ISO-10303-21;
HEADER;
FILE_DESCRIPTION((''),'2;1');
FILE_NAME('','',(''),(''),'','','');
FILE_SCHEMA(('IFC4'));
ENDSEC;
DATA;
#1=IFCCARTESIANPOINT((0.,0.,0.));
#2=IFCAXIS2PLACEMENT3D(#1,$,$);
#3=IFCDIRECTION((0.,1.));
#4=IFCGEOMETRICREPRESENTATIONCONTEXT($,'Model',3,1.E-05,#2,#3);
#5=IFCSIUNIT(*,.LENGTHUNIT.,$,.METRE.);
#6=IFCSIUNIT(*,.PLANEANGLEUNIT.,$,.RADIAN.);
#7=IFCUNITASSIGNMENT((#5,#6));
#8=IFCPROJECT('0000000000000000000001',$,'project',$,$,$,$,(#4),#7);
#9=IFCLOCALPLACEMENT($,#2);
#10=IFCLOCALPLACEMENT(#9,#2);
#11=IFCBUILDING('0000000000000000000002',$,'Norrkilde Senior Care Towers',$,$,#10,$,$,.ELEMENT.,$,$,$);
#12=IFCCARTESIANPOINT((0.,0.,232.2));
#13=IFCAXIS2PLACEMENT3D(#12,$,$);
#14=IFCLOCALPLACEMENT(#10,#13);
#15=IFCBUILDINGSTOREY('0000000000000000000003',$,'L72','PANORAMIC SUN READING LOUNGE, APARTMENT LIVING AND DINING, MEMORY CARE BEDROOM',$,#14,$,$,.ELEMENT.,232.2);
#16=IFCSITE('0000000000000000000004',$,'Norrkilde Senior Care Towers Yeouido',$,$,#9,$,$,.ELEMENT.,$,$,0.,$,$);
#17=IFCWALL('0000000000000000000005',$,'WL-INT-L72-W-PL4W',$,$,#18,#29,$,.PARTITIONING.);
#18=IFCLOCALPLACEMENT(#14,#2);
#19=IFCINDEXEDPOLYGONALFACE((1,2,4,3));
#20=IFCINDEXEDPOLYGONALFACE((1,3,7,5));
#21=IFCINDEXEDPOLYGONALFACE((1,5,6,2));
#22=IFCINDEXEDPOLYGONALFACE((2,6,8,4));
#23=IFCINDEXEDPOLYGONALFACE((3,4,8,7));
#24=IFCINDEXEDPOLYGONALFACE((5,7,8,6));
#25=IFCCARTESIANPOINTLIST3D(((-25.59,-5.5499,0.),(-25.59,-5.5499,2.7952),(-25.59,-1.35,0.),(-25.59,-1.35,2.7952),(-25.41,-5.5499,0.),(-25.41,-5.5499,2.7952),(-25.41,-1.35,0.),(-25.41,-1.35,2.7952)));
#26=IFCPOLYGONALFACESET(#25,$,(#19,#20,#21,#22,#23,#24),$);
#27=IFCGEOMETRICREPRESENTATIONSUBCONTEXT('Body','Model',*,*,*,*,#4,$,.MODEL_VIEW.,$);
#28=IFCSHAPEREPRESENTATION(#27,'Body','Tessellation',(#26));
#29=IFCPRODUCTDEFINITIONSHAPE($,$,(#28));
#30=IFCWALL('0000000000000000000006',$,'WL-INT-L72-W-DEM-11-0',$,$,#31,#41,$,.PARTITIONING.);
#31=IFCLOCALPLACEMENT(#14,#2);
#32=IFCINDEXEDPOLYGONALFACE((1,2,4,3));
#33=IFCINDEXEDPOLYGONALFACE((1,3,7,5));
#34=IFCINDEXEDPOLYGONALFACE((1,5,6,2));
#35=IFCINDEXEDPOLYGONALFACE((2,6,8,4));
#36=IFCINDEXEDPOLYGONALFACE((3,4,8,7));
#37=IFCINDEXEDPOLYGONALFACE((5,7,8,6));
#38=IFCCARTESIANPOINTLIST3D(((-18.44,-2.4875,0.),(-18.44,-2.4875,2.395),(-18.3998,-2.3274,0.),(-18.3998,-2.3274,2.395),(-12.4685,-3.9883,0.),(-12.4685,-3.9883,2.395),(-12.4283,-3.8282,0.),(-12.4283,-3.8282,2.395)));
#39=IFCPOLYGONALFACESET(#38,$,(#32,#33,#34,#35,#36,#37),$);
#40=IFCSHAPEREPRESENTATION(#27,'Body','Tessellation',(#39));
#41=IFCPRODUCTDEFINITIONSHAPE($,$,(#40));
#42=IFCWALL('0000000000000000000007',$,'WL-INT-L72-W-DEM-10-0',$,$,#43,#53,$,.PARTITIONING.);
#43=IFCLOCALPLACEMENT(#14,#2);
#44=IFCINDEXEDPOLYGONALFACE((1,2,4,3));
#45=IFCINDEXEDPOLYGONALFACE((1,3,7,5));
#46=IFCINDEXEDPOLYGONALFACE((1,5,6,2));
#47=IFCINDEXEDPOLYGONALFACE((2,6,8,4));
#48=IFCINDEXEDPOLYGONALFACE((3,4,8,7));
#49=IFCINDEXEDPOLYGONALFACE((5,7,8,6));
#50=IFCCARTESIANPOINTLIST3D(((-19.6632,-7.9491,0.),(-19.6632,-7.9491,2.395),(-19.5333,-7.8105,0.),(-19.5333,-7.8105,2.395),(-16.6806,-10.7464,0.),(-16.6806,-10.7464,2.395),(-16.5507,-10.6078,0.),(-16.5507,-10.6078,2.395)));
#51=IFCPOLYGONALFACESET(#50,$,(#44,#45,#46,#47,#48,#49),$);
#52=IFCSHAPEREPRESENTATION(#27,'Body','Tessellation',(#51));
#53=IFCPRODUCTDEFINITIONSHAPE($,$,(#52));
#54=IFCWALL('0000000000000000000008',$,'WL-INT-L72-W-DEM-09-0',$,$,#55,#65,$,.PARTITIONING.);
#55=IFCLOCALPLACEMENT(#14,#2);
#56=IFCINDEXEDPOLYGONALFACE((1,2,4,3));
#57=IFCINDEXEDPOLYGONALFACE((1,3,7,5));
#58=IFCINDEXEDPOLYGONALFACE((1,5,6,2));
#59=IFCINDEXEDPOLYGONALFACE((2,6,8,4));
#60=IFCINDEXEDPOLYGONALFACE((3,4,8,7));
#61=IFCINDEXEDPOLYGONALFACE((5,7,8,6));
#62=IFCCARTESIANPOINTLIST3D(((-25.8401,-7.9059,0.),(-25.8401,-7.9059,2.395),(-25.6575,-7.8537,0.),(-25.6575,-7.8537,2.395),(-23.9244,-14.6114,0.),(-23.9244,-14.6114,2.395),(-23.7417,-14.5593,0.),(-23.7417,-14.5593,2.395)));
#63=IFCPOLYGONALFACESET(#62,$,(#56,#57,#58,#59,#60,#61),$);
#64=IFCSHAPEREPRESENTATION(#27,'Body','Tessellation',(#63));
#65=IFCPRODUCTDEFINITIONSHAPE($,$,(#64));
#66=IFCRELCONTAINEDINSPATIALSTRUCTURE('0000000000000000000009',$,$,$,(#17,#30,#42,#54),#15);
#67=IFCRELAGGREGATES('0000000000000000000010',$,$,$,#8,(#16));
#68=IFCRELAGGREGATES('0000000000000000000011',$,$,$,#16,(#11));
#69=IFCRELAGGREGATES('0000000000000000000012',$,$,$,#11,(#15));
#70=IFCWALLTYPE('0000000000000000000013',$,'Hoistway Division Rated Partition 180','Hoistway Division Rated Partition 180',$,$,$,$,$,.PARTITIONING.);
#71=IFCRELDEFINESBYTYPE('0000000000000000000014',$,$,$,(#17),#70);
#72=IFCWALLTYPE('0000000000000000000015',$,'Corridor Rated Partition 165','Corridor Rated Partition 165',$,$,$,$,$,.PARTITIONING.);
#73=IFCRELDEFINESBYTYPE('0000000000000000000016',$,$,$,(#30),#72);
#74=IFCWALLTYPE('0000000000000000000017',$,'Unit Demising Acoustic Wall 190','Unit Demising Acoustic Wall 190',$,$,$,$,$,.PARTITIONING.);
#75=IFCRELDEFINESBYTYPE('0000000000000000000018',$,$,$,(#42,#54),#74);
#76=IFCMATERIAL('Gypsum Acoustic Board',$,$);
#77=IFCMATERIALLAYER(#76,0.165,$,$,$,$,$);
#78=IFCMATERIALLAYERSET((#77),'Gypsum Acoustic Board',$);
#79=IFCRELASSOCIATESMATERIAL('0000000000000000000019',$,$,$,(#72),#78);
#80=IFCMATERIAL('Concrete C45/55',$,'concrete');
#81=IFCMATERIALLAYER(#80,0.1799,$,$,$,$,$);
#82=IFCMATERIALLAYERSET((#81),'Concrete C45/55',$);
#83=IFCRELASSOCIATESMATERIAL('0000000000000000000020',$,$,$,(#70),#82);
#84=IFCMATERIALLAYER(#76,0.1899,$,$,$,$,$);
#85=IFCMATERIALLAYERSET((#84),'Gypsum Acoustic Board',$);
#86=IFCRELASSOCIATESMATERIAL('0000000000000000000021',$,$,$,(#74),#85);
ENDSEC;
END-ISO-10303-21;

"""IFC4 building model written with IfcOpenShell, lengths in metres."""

from ifc_helpers import new_model, si_unit, direction, frame, frame_2d, origin, place, context, subcontext, project, spatial, rectangle, extrude, source, transform, mapped, material, layer, layer_set, type_object, type_shapes, element, save


model = new_model("IFC4")

# Units and contexts
model_context = context("Model", 3, precision=1e-05, world=origin(), true_north=direction((0.0, 1.0)))
body_context = subcontext(model_context, "Body", "Model", "MODEL_VIEW")
ifc_project = project(units=[si_unit("LENGTHUNIT", "METRE"), si_unit("PLANEANGLEUNIT", "RADIAN")], contexts=[model_context])

# Site, building, storey
site_placement = place(None, origin())
site = spatial("IfcSite", under=ifc_project, at=site_placement, Name="Norrkilde Senior Care Towers Yeouido", CompositionType="ELEMENT", RefElevation=0.0)
building_placement = place(site_placement, origin())
building = spatial("IfcBuilding", under=site, at=building_placement, Name="Norrkilde Senior Care Towers", CompositionType="ELEMENT")
storey_placement = place(building_placement, frame((0.0, 0.0, 232.2)))
storey = spatial("IfcBuildingStorey", under=building, at=storey_placement, Name="L72", Description="PANORAMIC SUN READING LOUNGE, APARTMENT LIVING AND DINING, MEMORY CARE BEDROOM", CompositionType="ELEMENT", Elevation=232.2)

# Shared definitions
ifc_material_1 = material(Name="Concrete C45/55", Category="concrete")

# Shared definitions
ifc_material_2 = material(Name="Gypsum Acoustic Board")
ifc_layer_1 = layer(ifc_material_2, 0.165)
ifc_layer_set_1 = layer_set([ifc_layer_1], Name="Gypsum Acoustic Board")
wall_type_1 = type_object("IfcWallType", Name="Corridor Rated Partition 165", Description="Corridor Rated Partition 165", PredefinedType="PARTITIONING", material=ifc_layer_set_1)

# Walls
ifc_layer_2 = layer(ifc_material_1, 0.1799)
ifc_layer_set_2 = layer_set([ifc_layer_2], Name="Concrete C45/55")
wall_type_2 = type_object("IfcWallType", Name="Hoistway Division Rated Partition 180", Description="Hoistway Division Rated Partition 180", PredefinedType="PARTITIONING", material=ifc_layer_set_2)
shared_shape_1 = source(origin(), body_context, "Body", "SweptSolid", [
    extrude(rectangle(XDim=4.2, YDim=0.1799, at=frame_2d((2.1001, 0.0))), origin(), (0.0, 0.0, 1.0), 2.7952),
])
type_shapes(wall_type_2, [shared_shape_1])
wall_1_placement = place(storey_placement, frame((-25.5, -5.55, 0.0), z_axis=(0.0, 0.0, 1.0), x_axis=(0.0, 1.0, 0.0)))
element("IfcWall", 1, at=wall_1_placement, inside=storey, type_object=wall_type_2, Name="WL-INT-L72-W-PL4W", PredefinedType="PARTITIONING", context=body_context, shape_type="MappedRepresentation", body=[
    mapped(shared_shape_1, transform((0.0, 0.0, 0.0), x_axis=(1.0, 0.0, 0.0), y_axis=(0.0, 1.0, 0.0), z_axis=(0.0, 0.0, 1.0), scale=1.0)),
])
shared_shape_2 = source(origin(), body_context, "Body", "SweptSolid", [
    extrude(rectangle(XDim=6.1572, YDim=0.165, at=frame_2d((3.0786, 0.0))), origin(), (0.0, 0.0, 1.0), 2.395),
])
wall_2_placement = place(storey_placement, frame((-18.4199, -2.4075, 0.0), z_axis=(0.0, 0.0, 1.0), x_axis=(0.969841, -0.243739, 0.0)))
element("IfcWall", 2, at=wall_2_placement, inside=storey, type_object=wall_type_1, Name="WL-INT-L72-W-DEM-11-0", PredefinedType="PARTITIONING", context=body_context, shape_type="MappedRepresentation", body=[
    mapped(shared_shape_2, transform((0.0, 0.0, 0.0), x_axis=(1.0, 0.0, 0.0), y_axis=(0.0, 1.0, 0.0), z_axis=(0.0, 0.0, 1.0), scale=1.0)),
])
ifc_layer_3 = layer(ifc_material_2, 0.1899)
ifc_layer_set_3 = layer_set([ifc_layer_3], Name="Gypsum Acoustic Board")
wall_type_3 = type_object("IfcWallType", Name="Unit Demising Acoustic Wall 190", Description="Unit Demising Acoustic Wall 190", PredefinedType="PARTITIONING", material=ifc_layer_set_3)
shared_shape_3 = source(origin(), body_context, "Body", "SweptSolid", [
    extrude(rectangle(XDim=4.0891, YDim=0.1899, at=frame_2d((2.0444, 0.0))), origin(), (0.0, 0.0, 1.0), 2.395),
])
wall_3_placement = place(storey_placement, frame((-19.5981, -7.8799, 0.0), z_axis=(0.0, 0.0, 1.0), x_axis=(0.729401, -0.684086, 0.0)))
element("IfcWall", 3, at=wall_3_placement, inside=storey, type_object=wall_type_3, Name="WL-INT-L72-W-DEM-10-0", PredefinedType="PARTITIONING", context=body_context, shape_type="MappedRepresentation", body=[
    mapped(shared_shape_3, transform((0.0, 0.0, 0.0), x_axis=(1.0, 0.0, 0.0), y_axis=(0.0, 1.0, 0.0), z_axis=(0.0, 0.0, 1.0), scale=1.0)),
])
shared_shape_4 = source(origin(), body_context, "Body", "SweptSolid", [
    extrude(rectangle(XDim=6.9739, YDim=0.1899, at=frame_2d((3.4868, 0.0))), origin(), (0.0, 0.0, 1.0), 2.395),
])
type_shapes(wall_type_3, [shared_shape_3, shared_shape_4])
wall_4_placement = place(storey_placement, frame((-25.7488, -7.8799, 0.0), z_axis=(0.0, 0.0, 1.0), x_axis=(0.274707, -0.961528, 0.0)))
element("IfcWall", 4, at=wall_4_placement, inside=storey, type_object=wall_type_3, Name="WL-INT-L72-W-DEM-09-0", PredefinedType="PARTITIONING", context=body_context, shape_type="MappedRepresentation", body=[
    mapped(shared_shape_4, transform((0.0, 0.0, 0.0), x_axis=(1.0, 0.0, 0.0), y_axis=(0.0, 1.0, 0.0), z_axis=(0.0, 0.0, 1.0), scale=1.0)),
])

save(model, "model.ifc")
